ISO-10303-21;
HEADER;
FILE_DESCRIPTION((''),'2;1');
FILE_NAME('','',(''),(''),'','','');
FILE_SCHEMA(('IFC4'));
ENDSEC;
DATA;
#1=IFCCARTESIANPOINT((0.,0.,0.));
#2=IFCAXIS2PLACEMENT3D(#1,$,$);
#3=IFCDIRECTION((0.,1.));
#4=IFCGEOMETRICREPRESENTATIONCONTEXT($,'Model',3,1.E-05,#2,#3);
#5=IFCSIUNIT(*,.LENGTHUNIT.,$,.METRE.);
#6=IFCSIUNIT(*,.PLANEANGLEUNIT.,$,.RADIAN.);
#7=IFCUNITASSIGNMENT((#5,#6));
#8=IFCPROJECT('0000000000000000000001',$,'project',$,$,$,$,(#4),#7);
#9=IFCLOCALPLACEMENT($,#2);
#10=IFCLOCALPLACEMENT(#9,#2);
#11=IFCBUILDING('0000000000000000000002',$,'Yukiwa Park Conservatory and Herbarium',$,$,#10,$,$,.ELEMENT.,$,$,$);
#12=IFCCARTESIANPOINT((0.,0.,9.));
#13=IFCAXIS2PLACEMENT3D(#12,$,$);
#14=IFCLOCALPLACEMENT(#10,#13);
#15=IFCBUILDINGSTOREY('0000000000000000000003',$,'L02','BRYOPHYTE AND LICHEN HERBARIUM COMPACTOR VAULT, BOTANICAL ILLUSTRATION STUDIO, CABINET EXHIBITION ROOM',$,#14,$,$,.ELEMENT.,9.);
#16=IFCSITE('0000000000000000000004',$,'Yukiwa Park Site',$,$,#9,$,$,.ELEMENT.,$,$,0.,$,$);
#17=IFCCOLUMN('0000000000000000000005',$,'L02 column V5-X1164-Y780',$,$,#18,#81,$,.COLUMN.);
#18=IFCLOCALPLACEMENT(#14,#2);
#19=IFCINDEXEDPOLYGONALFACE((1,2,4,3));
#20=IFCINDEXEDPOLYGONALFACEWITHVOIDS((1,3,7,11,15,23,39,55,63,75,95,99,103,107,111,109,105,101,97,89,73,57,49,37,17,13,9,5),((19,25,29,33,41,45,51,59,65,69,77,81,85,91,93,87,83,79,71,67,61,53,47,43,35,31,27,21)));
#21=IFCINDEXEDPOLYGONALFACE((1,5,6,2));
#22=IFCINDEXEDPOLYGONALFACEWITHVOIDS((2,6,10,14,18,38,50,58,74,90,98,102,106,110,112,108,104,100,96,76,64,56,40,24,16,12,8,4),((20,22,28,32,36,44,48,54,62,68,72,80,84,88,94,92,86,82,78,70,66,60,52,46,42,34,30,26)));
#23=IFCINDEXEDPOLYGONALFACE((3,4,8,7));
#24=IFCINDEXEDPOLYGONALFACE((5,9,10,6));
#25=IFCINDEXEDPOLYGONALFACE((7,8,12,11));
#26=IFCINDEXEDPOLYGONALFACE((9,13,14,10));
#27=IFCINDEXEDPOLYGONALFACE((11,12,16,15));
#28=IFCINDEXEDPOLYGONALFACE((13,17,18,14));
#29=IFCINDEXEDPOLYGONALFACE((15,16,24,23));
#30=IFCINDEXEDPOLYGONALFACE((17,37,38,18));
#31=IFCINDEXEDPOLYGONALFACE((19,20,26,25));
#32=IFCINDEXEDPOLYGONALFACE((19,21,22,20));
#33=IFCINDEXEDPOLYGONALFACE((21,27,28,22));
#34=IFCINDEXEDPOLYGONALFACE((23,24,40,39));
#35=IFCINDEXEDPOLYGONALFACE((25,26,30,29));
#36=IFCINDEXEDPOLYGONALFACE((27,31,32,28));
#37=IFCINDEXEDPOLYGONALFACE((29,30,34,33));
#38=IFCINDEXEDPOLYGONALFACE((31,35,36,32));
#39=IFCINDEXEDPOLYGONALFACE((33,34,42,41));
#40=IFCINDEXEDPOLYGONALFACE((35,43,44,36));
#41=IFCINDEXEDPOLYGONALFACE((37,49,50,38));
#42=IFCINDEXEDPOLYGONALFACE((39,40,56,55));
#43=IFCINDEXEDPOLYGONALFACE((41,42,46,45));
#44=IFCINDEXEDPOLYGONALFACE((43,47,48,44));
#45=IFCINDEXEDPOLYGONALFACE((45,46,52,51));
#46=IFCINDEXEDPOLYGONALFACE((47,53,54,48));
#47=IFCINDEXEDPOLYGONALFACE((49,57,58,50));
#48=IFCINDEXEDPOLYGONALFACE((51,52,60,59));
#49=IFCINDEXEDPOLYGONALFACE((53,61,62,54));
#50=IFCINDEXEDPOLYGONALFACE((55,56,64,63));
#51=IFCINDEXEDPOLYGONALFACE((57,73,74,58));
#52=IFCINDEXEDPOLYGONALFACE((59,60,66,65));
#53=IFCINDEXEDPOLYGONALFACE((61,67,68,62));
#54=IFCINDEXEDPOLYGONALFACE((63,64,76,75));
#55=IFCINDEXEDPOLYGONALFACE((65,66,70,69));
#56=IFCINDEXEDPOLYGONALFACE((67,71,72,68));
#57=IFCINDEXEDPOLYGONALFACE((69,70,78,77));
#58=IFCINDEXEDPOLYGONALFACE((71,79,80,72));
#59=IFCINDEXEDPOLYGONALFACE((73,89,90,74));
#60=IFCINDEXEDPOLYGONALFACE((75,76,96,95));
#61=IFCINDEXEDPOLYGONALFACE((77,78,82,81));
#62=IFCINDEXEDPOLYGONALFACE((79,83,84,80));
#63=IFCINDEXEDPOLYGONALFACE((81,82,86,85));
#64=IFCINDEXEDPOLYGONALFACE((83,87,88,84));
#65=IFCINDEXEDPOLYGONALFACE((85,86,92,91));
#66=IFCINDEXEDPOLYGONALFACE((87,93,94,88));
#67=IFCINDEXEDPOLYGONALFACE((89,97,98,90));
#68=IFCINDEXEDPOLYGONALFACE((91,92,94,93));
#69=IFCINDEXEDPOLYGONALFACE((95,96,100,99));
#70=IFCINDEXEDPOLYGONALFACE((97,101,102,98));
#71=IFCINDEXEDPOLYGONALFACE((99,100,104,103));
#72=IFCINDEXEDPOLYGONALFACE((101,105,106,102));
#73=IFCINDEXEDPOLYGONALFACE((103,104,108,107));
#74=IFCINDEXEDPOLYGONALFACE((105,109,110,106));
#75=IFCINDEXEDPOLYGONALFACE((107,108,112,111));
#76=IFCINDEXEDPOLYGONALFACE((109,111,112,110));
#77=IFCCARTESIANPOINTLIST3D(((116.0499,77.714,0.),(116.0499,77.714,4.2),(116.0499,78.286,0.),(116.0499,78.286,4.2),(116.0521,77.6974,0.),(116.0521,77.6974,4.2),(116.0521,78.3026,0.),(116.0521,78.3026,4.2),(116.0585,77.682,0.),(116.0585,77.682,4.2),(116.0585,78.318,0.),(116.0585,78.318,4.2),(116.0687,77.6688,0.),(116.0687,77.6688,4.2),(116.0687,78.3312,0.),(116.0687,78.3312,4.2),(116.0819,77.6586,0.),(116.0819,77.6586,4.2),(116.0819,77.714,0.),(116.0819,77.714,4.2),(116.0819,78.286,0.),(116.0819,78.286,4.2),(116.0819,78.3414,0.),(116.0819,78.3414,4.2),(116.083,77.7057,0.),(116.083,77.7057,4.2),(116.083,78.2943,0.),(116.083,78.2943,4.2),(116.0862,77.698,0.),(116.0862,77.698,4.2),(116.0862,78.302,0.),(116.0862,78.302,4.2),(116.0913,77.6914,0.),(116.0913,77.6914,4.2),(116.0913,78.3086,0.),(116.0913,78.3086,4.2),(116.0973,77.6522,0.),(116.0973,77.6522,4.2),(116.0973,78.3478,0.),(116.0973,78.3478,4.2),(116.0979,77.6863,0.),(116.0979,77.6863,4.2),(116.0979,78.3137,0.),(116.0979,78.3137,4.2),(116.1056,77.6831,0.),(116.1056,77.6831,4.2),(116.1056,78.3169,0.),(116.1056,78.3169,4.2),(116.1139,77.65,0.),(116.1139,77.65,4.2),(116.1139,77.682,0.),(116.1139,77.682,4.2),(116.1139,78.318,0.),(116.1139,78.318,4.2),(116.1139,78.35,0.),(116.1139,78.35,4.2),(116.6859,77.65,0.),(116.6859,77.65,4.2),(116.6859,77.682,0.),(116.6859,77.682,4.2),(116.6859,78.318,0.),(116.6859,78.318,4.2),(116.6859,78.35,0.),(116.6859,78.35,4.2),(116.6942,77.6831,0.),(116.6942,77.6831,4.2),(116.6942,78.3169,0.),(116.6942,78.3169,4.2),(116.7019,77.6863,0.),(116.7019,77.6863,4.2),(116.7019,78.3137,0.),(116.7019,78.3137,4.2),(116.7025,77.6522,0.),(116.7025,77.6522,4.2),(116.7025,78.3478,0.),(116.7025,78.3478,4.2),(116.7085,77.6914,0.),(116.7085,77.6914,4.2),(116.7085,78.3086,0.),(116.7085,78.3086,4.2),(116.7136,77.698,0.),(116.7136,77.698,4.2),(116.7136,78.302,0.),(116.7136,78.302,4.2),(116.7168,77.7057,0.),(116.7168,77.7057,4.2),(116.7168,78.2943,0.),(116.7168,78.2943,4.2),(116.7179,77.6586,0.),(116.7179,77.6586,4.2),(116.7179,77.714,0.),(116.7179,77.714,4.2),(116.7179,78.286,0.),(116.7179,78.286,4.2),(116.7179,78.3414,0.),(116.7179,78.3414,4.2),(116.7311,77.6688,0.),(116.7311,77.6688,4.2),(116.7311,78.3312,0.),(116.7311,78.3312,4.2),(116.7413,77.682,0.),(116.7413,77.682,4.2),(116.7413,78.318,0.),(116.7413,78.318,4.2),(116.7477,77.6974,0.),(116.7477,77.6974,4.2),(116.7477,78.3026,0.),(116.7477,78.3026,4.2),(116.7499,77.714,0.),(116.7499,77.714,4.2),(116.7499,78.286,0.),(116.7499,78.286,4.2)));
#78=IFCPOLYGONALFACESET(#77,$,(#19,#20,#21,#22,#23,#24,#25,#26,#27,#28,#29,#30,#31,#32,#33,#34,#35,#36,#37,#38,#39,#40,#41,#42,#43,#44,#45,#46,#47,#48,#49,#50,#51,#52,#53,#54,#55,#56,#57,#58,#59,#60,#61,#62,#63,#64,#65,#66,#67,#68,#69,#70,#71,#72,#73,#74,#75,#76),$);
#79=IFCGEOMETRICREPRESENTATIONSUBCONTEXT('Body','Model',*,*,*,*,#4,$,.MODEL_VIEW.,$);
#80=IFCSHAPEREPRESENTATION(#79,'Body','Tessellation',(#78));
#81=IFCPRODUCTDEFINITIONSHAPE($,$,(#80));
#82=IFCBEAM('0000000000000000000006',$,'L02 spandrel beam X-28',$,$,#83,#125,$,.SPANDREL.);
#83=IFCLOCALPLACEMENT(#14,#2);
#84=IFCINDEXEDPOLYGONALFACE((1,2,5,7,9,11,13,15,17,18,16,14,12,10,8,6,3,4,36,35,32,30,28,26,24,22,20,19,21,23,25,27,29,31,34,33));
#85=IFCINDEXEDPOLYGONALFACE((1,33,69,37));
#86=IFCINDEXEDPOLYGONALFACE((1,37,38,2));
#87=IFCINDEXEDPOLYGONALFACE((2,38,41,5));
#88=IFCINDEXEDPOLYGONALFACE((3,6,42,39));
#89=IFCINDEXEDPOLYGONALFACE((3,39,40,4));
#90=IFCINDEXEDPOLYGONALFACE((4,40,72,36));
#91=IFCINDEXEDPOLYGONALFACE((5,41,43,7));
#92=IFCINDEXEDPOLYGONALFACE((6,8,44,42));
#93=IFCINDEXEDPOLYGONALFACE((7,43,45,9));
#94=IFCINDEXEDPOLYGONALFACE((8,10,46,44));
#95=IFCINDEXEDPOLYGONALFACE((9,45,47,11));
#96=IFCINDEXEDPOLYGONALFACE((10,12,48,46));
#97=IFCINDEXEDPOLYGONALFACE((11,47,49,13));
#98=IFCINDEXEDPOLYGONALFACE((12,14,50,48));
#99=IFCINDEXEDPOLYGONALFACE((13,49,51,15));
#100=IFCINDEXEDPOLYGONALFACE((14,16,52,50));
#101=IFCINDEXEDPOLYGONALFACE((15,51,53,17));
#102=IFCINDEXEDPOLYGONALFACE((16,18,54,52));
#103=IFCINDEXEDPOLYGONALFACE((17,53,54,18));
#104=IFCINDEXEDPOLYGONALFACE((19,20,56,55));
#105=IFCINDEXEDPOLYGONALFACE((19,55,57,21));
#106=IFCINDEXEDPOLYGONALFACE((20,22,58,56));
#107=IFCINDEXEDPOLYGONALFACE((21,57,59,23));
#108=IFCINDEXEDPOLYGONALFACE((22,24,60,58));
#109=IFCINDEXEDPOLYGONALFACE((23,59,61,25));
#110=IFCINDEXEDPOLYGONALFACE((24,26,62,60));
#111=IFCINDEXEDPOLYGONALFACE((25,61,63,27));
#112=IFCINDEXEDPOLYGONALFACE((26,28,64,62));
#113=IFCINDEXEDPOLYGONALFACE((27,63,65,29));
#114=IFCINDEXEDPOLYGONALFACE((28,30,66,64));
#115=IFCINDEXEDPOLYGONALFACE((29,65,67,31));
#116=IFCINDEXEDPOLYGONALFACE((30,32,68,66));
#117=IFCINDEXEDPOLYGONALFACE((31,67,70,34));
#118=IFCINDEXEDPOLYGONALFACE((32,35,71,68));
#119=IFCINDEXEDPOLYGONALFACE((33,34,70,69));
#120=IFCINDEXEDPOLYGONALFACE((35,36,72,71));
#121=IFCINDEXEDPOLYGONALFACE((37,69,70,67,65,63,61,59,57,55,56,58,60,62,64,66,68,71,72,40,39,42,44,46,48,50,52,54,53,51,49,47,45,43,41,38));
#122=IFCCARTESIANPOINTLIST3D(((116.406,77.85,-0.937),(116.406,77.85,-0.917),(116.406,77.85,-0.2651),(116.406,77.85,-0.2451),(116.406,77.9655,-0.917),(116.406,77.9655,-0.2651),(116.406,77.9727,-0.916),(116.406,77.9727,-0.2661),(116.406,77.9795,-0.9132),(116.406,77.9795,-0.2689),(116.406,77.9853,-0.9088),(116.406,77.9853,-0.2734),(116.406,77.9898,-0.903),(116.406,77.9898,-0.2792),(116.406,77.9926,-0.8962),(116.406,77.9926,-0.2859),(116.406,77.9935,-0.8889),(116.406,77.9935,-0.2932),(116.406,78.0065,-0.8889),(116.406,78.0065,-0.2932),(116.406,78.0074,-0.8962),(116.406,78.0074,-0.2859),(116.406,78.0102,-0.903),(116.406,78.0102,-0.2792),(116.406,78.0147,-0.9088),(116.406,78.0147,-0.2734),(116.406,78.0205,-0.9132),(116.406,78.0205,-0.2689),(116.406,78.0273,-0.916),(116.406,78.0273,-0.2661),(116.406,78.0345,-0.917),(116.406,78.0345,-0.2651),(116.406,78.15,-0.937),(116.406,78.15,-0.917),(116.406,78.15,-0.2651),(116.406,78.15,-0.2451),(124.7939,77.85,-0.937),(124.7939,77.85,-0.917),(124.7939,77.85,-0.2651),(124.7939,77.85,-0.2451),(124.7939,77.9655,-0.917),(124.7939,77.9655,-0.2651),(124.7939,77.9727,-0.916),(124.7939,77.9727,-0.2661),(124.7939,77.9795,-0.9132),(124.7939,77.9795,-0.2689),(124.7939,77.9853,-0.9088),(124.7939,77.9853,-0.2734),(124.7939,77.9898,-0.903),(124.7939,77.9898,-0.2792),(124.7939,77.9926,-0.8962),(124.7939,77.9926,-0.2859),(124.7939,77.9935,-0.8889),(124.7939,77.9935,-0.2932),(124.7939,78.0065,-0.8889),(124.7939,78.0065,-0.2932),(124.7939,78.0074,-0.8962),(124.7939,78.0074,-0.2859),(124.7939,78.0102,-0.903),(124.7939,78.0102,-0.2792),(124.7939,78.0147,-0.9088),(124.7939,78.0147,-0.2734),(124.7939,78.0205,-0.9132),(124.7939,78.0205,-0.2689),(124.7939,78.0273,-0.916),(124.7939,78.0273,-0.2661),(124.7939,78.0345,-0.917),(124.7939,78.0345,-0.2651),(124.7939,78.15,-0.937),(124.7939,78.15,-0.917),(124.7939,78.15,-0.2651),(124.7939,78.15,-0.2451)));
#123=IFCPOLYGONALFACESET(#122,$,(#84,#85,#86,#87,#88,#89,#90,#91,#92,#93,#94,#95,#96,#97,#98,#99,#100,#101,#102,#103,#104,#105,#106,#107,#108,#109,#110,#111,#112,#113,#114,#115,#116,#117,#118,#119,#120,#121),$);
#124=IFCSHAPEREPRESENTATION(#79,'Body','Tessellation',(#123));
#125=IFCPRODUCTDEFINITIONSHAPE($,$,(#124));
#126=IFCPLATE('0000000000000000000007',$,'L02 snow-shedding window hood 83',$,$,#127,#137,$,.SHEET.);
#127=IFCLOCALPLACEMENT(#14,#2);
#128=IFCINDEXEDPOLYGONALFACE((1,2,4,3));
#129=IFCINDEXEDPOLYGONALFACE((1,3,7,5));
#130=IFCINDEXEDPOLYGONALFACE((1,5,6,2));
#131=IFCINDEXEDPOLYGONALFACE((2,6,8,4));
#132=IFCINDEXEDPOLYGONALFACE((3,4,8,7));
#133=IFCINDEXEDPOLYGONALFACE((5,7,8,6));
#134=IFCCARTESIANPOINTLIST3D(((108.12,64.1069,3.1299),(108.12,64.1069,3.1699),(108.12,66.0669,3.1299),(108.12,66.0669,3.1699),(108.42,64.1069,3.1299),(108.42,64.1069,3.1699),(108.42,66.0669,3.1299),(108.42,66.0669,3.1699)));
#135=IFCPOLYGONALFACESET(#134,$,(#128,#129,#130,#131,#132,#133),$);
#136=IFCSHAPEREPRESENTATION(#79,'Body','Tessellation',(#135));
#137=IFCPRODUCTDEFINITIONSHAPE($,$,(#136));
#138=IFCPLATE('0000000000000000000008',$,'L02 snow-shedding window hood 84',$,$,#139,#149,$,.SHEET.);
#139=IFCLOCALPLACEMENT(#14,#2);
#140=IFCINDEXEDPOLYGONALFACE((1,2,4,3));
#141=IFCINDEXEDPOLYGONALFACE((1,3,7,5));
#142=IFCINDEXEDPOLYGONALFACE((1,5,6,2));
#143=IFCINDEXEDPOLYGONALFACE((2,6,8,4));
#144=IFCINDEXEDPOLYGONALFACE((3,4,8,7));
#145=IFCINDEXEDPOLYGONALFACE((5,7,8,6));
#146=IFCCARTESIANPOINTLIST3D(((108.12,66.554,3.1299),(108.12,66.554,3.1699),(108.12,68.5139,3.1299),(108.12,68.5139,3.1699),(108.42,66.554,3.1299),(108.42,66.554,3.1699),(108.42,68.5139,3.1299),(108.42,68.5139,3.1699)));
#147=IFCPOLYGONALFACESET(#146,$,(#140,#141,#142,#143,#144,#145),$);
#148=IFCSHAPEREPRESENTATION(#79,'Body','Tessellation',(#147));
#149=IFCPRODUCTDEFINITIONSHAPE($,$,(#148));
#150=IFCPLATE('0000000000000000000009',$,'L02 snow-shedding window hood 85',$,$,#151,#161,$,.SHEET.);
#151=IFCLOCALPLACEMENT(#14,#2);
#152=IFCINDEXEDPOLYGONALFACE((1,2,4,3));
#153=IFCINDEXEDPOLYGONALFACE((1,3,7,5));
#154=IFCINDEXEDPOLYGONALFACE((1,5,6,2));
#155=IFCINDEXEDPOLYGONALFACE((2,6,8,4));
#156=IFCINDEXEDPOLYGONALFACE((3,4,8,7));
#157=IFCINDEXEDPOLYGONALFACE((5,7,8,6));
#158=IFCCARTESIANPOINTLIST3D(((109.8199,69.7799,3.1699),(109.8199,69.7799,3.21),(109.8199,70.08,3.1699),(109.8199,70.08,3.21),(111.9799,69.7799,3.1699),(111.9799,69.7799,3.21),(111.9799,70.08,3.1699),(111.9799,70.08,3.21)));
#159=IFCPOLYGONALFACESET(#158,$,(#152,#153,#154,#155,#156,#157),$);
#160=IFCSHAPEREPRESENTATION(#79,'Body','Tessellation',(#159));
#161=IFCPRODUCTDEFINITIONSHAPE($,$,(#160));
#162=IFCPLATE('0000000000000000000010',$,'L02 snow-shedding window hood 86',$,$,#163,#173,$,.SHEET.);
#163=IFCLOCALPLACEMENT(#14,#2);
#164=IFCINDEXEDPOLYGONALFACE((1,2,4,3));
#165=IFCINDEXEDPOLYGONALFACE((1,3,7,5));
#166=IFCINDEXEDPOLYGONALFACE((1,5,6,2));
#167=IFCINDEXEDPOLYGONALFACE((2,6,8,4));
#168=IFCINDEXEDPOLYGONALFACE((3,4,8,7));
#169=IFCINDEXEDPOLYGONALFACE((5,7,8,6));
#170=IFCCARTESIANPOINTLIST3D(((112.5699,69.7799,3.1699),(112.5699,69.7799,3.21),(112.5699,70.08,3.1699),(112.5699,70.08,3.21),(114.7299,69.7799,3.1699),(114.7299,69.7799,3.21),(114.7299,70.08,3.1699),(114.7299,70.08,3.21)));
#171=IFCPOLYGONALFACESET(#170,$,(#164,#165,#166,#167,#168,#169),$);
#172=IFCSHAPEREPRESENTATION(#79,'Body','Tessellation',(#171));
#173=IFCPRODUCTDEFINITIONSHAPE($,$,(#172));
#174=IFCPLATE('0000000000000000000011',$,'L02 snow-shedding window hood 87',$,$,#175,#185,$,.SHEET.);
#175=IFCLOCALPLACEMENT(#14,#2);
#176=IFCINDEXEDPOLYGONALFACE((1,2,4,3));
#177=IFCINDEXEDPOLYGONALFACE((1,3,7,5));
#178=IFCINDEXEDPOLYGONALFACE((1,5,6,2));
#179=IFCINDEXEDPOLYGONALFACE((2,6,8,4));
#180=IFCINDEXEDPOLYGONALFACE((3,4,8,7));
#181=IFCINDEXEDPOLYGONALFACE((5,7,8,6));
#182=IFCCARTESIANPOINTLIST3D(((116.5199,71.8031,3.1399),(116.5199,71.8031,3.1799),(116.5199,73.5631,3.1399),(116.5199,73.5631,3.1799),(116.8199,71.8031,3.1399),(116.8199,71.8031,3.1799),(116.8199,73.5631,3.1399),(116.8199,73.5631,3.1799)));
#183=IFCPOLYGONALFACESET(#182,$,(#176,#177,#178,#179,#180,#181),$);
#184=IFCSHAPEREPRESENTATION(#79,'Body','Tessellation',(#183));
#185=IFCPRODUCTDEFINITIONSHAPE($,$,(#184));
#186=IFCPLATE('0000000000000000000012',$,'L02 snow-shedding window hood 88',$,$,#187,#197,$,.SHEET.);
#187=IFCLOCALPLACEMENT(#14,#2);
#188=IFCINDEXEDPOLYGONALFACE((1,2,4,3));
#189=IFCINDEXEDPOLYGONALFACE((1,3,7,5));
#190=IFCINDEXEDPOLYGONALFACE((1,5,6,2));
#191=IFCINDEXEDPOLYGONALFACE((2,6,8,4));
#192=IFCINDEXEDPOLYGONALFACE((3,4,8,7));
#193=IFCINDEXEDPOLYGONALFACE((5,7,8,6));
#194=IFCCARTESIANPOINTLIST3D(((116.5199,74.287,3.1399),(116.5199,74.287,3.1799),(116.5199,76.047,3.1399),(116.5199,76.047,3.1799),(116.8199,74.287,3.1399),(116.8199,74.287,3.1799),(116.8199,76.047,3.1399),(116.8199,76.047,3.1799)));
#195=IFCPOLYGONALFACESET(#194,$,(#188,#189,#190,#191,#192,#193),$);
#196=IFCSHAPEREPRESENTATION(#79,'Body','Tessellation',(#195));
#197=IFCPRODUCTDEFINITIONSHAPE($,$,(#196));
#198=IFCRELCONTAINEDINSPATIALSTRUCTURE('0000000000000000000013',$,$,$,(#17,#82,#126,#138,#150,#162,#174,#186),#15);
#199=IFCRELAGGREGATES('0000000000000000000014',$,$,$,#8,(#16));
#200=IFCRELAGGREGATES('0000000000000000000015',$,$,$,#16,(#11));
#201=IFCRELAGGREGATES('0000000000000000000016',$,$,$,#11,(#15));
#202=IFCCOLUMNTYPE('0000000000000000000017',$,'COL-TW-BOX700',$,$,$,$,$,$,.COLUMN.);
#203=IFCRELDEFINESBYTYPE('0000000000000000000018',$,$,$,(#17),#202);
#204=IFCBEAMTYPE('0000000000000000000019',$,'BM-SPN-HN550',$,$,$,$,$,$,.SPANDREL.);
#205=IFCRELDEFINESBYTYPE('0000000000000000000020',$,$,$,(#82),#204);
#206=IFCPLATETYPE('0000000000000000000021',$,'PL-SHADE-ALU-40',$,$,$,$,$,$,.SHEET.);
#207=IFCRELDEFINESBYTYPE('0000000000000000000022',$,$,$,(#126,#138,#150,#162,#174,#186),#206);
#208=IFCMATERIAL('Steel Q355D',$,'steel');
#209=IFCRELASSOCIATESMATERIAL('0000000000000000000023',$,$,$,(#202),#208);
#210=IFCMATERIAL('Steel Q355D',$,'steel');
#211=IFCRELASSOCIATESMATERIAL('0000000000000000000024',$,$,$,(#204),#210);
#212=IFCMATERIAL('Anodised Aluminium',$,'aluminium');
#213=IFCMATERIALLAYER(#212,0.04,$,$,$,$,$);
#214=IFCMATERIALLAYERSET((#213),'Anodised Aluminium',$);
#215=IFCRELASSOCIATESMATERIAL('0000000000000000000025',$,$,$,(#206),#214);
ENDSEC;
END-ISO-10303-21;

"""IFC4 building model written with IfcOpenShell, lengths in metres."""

from ifc_helpers import new_model, si_unit, direction, frame, origin, origin_2d, place, context, subcontext, project, spatial, rectangle, hollow_rectangle, i_section, extrude, material, layer, layer_set, material_profile, profile_set, type_object, element, save


model = new_model("IFC4")

# Units and contexts
model_context = context("Model", 3, precision=1e-05, world=origin(), true_north=direction((0.0, 1.0)))
body_context = subcontext(model_context, "Body", "Model", "MODEL_VIEW")
ifc_project = project(units=[si_unit("LENGTHUNIT", "METRE"), si_unit("PLANEANGLEUNIT", "RADIAN")], contexts=[model_context])

# Site, building, storey
site_placement = place(None, origin())
site = spatial("IfcSite", under=ifc_project, at=site_placement, Name="Yukiwa Park Site", CompositionType="ELEMENT", RefElevation=0.0)
building_placement = place(site_placement, origin())
building = spatial("IfcBuilding", under=site, at=building_placement, Name="Yukiwa Park Conservatory and Herbarium", CompositionType="ELEMENT")
storey_placement = place(building_placement, frame((0.0, 0.0, 9.0)))
storey = spatial("IfcBuildingStorey", under=building, at=storey_placement, Name="L02", Description="BRYOPHYTE AND LICHEN HERBARIUM COMPACTOR VAULT, BOTANICAL ILLUSTRATION STUDIO, CABINET EXHIBITION ROOM", CompositionType="ELEMENT", Elevation=9.0)

# Column
ifc_material_1 = material(Name="Steel Q355D", Category="steel")
ifc_material_profile_1 = material_profile(ifc_material_1, hollow_rectangle(XDim=0.7, YDim=0.7, WallThickness=0.032, InnerFilletRadius=0.032, OuterFilletRadius=0.064, at=origin_2d()), Name="BOX 700x700x32")
ifc_profile_set_1 = profile_set([ifc_material_profile_1], Name="Steel Q355D")
column_type = type_object("IfcColumnType", Name="COL-TW-BOX700", PredefinedType="COLUMN", material=ifc_profile_set_1)
column_placement = place(storey_placement, frame((116.3999, 78.0, 0.0), z_axis=(0.0, 0.0, 1.0), x_axis=(1.0, 0.0, 0.0)))
element("IfcColumn", 1, at=column_placement, inside=storey, type_object=column_type, Name="L02 column V5-X1164-Y780", PredefinedType="COLUMN", context=body_context, shape_type="SweptSolid", body=[
    extrude(hollow_rectangle(XDim=0.7, YDim=0.7, WallThickness=0.032, InnerFilletRadius=0.032, OuterFilletRadius=0.064, at=origin_2d()), origin(), (0.0, 0.0, 1.0), 4.2),
])

# Beam
ifc_material_2 = material(Name="Steel Q355D", Category="steel")
ifc_material_profile_2 = material_profile(ifc_material_2, i_section(OverallWidth=0.3, OverallDepth=0.6919, WebThickness=0.0129, FlangeThickness=0.02, FilletRadius=0.0281, at=origin_2d()), Name="HN 692x300x13x20")
ifc_profile_set_2 = profile_set([ifc_material_profile_2], Name="Steel Q355D")
beam_type = type_object("IfcBeamType", Name="BM-SPN-HN550", PredefinedType="SPANDREL", material=ifc_profile_set_2)
beam_placement = place(storey_placement, frame((116.406, 78.0, -0.5911), z_axis=(1.0, 0.0, 0.0), x_axis=(0.0, 1.0, 0.0)))
element("IfcBeam", 2, at=beam_placement, inside=storey, type_object=beam_type, Name="L02 spandrel beam X-28", PredefinedType="SPANDREL", context=body_context, shape_type="SweptSolid", body=[
    extrude(i_section(OverallWidth=0.3, OverallDepth=0.6919, WebThickness=0.0129, FlangeThickness=0.02, FilletRadius=0.0281, at=origin_2d()), origin(), (0.0, 0.0, 1.0), 8.3879),
])

# Plates
ifc_material_3 = material(Name="Anodised Aluminium", Category="aluminium")
ifc_layer_1 = layer(ifc_material_3, 0.04)
ifc_layer_set_1 = layer_set([ifc_layer_1], Name="Anodised Aluminium")
plate_type = type_object("IfcPlateType", Name="PL-SHADE-ALU-40", PredefinedType="SHEET", material=ifc_layer_set_1)
for number, where, z_axis, x_axis, name in (
    (3, (108.27, 65.0869, 3.1299), (0.0, 0.0, 1.0), (0.0, 1.0, 0.0), "L02 snow-shedding window hood 83"),
    (4, (108.27, 67.5339, 3.1299), (0.0, 0.0, 1.0), (0.0, 1.0, 0.0), "L02 snow-shedding window hood 84"),
):
    element("IfcPlate", number, at=place(storey_placement, frame(where, z_axis=z_axis, x_axis=x_axis)), inside=storey, type_object=plate_type, Name=name, PredefinedType="SHEET", context=body_context, shape_type="SweptSolid", body=[
        extrude(rectangle(XDim=1.96, YDim=0.3, at=origin_2d()), origin(), (0.0, 0.0, 1.0), 0.04),
    ])
for number, where, z_axis, x_axis, name in (
    (5, (110.8999, 69.9299, 3.1699), (0.0, 0.0, 1.0), (1.0, 0.0, 0.0), "L02 snow-shedding window hood 85"),
    (6, (113.6499, 69.9299, 3.1699), (0.0, 0.0, 1.0), (1.0, 0.0, 0.0), "L02 snow-shedding window hood 86"),
):
    element("IfcPlate", number, at=place(storey_placement, frame(where, z_axis=z_axis, x_axis=x_axis)), inside=storey, type_object=plate_type, Name=name, PredefinedType="SHEET", context=body_context, shape_type="SweptSolid", body=[
        extrude(rectangle(XDim=2.1599, YDim=0.3, at=origin_2d()), origin(), (0.0, 0.0, 1.0), 0.04),
    ])
for number, where, z_axis, x_axis, name in (
    (7, (116.6699, 72.6831, 3.1399), (0.0, 0.0, 1.0), (0.0, 1.0, 0.0), "L02 snow-shedding window hood 87"),
    (8, (116.6699, 75.167, 3.1399), (0.0, 0.0, 1.0), (0.0, 1.0, 0.0), "L02 snow-shedding window hood 88"),
):
    element("IfcPlate", number, at=place(storey_placement, frame(where, z_axis=z_axis, x_axis=x_axis)), inside=storey, type_object=plate_type, Name=name, PredefinedType="SHEET", context=body_context, shape_type="SweptSolid", body=[
        extrude(rectangle(XDim=1.76, YDim=0.3, at=origin_2d()), origin(), (0.0, 0.0, 1.0), 0.04),
    ])

save(model, "model.ifc")
